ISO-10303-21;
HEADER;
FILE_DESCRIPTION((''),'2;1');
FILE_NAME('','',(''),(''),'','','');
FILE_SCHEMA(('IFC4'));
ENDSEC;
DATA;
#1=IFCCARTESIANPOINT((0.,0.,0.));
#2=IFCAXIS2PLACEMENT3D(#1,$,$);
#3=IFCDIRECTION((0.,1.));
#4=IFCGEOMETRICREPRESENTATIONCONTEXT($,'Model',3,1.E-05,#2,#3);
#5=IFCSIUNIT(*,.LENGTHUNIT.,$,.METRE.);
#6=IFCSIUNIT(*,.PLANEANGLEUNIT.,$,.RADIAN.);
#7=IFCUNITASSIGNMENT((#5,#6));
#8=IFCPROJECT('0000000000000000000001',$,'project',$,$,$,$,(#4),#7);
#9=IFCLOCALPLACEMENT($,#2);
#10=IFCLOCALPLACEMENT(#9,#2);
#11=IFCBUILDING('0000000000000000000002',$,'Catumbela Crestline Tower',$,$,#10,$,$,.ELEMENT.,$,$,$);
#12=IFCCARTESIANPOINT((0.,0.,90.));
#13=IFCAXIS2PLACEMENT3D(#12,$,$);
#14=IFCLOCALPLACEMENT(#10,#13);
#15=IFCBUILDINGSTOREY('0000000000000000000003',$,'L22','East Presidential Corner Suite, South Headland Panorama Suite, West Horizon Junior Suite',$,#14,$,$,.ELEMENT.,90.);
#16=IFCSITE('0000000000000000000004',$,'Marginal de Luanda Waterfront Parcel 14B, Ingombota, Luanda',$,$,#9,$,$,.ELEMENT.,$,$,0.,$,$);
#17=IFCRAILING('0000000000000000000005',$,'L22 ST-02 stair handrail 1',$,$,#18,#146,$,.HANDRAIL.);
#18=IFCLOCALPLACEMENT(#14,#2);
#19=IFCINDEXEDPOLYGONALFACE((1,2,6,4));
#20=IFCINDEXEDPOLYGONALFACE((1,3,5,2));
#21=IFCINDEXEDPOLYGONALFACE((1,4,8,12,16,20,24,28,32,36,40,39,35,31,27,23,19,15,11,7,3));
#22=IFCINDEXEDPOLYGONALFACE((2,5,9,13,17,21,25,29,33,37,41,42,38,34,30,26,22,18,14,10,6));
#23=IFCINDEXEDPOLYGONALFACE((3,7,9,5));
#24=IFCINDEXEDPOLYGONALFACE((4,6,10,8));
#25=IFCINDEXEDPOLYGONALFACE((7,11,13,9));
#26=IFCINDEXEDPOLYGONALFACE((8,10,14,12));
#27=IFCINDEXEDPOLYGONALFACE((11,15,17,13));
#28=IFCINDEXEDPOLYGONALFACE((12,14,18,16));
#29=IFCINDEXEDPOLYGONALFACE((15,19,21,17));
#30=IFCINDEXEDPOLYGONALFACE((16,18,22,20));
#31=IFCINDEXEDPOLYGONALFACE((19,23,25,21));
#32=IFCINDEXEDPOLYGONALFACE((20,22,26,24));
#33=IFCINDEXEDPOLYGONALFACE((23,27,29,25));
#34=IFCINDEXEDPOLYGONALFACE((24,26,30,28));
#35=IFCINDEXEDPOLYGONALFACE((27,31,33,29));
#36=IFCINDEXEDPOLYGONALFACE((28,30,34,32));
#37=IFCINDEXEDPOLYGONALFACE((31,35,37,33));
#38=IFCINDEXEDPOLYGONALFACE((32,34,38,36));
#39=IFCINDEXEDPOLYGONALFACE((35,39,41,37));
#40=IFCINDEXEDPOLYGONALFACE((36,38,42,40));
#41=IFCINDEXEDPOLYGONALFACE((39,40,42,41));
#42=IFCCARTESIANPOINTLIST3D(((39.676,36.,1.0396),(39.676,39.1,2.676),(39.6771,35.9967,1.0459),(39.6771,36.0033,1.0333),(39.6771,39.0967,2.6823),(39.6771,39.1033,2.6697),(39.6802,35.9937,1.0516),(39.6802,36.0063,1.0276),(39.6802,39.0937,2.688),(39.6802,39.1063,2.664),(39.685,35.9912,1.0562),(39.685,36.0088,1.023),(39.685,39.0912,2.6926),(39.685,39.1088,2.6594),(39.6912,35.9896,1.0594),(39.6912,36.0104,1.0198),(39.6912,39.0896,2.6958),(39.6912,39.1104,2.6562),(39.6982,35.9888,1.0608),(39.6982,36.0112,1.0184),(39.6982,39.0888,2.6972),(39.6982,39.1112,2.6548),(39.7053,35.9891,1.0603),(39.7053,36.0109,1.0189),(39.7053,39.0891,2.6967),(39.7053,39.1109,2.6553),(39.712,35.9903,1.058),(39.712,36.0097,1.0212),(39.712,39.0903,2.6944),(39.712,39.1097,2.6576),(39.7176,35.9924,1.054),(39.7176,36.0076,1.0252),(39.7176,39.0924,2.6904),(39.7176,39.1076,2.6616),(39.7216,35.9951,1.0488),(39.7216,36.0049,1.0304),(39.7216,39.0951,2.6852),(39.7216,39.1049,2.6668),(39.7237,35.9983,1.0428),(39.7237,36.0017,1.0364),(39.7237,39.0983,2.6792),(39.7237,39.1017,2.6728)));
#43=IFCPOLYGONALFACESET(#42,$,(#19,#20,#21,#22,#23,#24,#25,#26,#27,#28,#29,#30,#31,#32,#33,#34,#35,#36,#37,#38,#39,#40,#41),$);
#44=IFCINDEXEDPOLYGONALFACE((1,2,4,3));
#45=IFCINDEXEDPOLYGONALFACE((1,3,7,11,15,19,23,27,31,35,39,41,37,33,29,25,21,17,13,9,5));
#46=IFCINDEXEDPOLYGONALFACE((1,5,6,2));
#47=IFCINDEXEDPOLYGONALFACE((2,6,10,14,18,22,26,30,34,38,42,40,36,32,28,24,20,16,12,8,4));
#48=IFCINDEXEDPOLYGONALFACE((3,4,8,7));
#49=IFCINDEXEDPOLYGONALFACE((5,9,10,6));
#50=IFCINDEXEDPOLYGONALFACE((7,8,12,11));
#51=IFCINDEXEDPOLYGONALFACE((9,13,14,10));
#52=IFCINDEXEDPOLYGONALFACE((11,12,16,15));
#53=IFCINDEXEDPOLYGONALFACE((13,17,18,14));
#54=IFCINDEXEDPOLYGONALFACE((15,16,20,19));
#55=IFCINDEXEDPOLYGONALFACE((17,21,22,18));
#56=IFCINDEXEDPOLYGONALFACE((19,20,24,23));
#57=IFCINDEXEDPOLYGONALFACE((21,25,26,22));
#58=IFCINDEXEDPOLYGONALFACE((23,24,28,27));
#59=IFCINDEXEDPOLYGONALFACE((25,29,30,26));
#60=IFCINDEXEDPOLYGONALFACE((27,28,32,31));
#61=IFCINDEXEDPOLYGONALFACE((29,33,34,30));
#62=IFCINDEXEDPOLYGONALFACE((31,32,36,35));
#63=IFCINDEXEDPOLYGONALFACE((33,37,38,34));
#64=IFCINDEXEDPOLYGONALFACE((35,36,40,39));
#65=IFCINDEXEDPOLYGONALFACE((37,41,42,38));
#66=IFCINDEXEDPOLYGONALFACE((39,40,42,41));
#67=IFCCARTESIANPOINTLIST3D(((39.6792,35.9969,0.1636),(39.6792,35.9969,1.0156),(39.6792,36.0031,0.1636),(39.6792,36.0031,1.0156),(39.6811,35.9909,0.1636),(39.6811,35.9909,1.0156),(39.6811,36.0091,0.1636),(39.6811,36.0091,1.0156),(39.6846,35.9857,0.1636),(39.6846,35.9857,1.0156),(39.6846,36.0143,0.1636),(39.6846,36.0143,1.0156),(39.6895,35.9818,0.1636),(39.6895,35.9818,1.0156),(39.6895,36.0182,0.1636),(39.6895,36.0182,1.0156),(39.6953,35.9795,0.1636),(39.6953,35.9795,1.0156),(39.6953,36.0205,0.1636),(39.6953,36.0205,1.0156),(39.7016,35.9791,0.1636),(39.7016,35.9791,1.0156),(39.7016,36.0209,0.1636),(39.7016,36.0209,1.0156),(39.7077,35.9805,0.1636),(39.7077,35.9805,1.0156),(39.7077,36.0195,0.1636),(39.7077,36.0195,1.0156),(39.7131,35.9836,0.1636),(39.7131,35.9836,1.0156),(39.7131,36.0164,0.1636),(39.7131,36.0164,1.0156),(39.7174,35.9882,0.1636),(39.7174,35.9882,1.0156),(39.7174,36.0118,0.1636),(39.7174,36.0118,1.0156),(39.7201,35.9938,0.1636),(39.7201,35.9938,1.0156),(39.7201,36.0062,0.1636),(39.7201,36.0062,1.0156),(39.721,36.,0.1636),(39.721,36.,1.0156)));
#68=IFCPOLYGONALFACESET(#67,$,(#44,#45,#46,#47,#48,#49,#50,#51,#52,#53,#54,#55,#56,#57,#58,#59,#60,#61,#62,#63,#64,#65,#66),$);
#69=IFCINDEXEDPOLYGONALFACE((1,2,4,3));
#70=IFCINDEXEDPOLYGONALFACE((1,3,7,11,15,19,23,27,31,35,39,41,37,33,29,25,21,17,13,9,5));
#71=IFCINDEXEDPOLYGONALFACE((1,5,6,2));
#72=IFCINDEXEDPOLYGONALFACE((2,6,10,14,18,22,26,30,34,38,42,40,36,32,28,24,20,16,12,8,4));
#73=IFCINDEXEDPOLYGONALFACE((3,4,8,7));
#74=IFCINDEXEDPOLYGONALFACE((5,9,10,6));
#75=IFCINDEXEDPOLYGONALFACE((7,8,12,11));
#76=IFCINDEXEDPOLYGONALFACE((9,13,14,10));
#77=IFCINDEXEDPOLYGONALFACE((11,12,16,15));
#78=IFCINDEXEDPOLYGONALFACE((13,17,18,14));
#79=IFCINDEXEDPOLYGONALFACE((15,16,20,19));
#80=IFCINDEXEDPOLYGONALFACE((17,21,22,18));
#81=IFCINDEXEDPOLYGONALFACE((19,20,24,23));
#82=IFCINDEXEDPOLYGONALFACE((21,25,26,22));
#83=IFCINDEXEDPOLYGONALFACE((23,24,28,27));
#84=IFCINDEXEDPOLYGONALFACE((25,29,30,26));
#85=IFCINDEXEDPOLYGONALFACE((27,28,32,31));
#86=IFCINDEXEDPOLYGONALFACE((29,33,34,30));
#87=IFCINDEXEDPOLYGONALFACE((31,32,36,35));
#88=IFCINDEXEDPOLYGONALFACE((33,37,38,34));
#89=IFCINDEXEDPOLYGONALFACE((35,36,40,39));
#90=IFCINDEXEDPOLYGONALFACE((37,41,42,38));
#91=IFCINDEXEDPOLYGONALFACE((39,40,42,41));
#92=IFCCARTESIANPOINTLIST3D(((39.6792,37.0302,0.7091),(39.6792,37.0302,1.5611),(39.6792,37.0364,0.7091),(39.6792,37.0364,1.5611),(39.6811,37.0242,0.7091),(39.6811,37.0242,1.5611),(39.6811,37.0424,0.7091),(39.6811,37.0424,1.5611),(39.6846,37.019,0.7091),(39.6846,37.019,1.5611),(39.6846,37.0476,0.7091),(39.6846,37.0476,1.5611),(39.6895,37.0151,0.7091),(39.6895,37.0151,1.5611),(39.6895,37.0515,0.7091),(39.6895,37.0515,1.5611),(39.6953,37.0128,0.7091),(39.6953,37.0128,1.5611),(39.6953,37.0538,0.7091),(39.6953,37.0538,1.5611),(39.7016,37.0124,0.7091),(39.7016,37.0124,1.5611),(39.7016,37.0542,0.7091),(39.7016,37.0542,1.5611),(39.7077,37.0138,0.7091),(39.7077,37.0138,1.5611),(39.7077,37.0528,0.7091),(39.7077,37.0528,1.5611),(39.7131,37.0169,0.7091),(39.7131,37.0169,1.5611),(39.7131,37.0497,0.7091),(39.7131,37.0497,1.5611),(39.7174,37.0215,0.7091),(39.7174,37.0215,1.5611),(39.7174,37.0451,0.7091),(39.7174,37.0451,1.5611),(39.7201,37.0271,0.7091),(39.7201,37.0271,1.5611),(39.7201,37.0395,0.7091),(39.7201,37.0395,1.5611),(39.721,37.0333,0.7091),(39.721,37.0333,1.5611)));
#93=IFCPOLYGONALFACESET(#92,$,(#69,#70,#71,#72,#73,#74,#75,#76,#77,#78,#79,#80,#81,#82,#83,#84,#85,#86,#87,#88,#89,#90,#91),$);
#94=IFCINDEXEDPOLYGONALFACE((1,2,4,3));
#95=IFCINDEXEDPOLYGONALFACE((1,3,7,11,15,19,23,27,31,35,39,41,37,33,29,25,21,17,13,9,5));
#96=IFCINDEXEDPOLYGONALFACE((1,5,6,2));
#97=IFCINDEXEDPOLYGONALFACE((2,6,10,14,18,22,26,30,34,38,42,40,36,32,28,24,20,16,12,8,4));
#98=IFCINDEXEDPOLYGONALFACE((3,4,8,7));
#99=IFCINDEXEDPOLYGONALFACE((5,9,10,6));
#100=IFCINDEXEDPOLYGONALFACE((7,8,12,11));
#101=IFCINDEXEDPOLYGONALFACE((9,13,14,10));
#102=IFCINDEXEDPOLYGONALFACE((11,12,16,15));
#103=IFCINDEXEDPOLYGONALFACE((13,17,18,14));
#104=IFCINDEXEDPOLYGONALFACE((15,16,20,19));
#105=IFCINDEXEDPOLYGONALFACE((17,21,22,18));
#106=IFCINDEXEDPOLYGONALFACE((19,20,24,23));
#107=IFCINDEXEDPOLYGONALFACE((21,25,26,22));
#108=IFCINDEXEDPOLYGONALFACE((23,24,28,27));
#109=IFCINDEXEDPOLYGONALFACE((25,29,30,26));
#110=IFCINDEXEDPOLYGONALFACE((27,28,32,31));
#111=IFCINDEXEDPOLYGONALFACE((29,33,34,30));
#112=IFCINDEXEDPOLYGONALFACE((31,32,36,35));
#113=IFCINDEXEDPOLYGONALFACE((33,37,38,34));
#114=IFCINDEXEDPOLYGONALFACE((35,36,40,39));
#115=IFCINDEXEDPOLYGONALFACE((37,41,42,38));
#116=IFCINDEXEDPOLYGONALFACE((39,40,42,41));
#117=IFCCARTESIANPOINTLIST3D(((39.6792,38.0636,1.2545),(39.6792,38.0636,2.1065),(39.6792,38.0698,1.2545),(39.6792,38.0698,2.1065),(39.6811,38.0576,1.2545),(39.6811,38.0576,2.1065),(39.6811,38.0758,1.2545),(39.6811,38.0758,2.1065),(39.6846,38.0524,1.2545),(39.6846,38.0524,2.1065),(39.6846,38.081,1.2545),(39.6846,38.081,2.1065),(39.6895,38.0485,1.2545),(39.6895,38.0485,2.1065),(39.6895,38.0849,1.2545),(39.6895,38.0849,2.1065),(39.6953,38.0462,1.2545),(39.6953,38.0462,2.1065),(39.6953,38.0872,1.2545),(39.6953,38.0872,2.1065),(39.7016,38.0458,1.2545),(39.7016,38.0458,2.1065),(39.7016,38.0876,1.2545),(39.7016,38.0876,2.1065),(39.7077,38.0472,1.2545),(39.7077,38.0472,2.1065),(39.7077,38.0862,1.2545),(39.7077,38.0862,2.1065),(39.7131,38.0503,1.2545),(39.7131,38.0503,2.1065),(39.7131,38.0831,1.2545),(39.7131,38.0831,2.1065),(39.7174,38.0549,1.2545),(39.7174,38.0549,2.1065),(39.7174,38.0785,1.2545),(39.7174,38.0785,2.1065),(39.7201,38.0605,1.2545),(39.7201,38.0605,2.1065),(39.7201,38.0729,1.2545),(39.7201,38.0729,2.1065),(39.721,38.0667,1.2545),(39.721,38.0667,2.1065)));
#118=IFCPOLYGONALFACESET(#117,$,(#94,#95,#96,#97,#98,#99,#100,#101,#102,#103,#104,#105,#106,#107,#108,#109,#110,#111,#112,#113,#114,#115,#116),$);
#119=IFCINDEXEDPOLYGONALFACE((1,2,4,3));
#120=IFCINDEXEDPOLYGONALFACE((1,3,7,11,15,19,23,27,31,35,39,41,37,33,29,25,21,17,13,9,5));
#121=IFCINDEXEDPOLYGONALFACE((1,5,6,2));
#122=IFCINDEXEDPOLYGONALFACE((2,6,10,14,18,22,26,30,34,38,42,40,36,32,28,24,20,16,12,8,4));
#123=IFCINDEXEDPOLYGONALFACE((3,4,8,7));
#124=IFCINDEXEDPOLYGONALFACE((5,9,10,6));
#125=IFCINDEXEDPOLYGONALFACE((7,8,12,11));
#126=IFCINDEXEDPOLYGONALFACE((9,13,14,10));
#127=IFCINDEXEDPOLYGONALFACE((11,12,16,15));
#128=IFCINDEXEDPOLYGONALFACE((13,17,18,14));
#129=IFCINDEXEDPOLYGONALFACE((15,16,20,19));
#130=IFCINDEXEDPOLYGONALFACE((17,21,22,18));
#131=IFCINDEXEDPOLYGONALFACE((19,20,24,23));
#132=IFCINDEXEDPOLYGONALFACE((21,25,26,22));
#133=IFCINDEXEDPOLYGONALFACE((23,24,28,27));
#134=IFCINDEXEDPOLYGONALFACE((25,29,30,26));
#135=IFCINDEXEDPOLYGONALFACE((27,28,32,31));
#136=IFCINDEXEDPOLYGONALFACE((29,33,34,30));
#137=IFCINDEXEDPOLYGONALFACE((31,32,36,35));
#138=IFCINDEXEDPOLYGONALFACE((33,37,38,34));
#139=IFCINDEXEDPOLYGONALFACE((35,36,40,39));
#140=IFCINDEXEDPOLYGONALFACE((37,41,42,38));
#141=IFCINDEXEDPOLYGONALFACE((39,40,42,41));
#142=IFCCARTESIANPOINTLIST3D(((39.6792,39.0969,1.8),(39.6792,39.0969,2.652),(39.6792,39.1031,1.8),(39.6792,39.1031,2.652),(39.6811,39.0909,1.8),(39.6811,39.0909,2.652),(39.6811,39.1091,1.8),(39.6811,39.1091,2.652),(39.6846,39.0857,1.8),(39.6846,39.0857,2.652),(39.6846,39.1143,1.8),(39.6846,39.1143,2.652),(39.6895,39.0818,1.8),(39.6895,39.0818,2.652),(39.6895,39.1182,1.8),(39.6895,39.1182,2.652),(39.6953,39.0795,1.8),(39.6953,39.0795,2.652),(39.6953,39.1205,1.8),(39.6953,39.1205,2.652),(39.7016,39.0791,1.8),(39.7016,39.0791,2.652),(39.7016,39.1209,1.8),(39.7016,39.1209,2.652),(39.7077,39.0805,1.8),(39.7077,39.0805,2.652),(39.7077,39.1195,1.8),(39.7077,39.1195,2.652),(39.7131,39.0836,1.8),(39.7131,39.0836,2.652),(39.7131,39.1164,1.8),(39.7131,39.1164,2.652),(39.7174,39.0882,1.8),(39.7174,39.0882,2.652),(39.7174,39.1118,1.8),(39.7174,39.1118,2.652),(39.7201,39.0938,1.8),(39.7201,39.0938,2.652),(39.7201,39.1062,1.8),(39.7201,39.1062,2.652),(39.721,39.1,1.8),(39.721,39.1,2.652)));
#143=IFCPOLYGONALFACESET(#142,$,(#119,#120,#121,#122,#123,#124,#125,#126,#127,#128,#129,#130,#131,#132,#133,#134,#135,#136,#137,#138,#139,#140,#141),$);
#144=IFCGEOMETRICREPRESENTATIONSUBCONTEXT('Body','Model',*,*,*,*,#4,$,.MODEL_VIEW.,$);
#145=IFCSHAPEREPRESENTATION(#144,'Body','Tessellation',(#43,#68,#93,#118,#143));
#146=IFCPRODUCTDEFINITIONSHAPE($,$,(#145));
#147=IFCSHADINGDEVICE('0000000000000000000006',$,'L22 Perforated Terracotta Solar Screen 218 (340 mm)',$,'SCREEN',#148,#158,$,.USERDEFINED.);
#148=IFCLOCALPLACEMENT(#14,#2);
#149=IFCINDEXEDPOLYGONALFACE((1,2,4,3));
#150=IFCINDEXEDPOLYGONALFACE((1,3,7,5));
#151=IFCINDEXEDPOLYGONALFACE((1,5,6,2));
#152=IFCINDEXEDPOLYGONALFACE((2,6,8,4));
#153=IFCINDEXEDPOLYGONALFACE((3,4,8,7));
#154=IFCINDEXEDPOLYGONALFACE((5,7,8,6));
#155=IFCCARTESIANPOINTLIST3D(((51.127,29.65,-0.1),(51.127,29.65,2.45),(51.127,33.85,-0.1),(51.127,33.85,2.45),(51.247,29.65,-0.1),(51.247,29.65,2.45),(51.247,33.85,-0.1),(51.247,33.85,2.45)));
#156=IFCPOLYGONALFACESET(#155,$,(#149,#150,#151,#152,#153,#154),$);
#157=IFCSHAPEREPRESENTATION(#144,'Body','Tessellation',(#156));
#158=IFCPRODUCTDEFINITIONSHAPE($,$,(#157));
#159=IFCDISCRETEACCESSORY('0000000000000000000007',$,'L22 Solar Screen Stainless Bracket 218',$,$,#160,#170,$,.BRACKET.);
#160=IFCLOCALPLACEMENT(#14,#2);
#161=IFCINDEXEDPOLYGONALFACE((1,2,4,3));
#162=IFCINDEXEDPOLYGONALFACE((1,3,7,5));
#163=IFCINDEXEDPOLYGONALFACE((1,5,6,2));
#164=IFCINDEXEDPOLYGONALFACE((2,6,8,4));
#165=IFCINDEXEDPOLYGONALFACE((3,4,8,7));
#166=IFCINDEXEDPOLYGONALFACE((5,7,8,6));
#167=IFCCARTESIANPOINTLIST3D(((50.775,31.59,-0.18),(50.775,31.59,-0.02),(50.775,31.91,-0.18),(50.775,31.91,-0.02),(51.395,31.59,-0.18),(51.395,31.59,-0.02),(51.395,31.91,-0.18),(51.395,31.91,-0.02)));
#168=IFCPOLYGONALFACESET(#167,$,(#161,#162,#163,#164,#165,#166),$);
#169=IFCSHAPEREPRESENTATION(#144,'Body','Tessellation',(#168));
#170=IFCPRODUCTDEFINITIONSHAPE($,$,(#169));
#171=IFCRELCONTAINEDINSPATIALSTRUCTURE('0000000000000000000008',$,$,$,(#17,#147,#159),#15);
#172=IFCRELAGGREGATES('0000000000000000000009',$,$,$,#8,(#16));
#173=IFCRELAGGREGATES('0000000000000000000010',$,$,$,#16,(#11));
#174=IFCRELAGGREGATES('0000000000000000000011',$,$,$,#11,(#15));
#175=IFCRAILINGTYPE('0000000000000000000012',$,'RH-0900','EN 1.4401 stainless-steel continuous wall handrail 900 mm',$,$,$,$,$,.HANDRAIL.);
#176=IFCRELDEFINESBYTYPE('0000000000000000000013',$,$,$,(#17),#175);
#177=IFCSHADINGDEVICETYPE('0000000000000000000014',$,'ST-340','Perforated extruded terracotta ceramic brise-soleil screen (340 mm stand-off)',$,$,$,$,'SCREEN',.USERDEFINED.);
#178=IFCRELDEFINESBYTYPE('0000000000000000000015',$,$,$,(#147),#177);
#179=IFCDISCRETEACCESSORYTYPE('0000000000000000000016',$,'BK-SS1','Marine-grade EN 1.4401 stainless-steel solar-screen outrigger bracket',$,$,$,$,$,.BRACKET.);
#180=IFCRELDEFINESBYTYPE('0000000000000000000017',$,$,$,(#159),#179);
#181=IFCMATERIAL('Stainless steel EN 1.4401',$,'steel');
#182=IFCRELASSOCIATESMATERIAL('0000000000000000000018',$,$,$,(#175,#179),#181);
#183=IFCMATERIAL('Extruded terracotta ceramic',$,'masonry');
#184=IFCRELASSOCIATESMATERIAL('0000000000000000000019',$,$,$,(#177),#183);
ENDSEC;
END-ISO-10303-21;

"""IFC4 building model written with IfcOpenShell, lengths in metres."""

from ifc_helpers import new_model, si_unit, direction, frame, origin, origin_2d, place, context, subcontext, project, spatial, rectangle, circle, extrude, material, type_object, element, save


model = new_model("IFC4")

# Units and contexts
model_context = context("Model", 3, precision=1e-05, world=origin(), true_north=direction((0.0, 1.0)))
body_context = subcontext(model_context, "Body", "Model", "MODEL_VIEW")
ifc_project = project(units=[si_unit("LENGTHUNIT", "METRE"), si_unit("PLANEANGLEUNIT", "RADIAN")], contexts=[model_context])

# Site, building, storey
site_placement = place(None, origin())
site = spatial("IfcSite", under=ifc_project, at=site_placement, Name="Marginal de Luanda Waterfront Parcel 14B, Ingombota, Luanda", CompositionType="ELEMENT", RefElevation=0.0)
building_placement = place(site_placement, origin())
building = spatial("IfcBuilding", under=site, at=building_placement, Name="Catumbela Crestline Tower", CompositionType="ELEMENT")
storey_placement = place(building_placement, frame((0.0, 0.0, 90.0)))
storey = spatial("IfcBuildingStorey", under=building, at=storey_placement, Name="L22", Description="East Presidential Corner Suite, South Headland Panorama Suite, West Horizon Junior Suite", CompositionType="ELEMENT", Elevation=90.0)

# Shared definitions
ifc_material_1 = material(Name="Extruded terracotta ceramic", Category="masonry")

# Railing
ifc_material_2 = material(Name="Stainless steel EN 1.4401", Category="steel")
railing_type = type_object("IfcRailingType", Name="RH-0900", Description="EN 1.4401 stainless-steel continuous wall handrail 900 mm", PredefinedType="HANDRAIL", material=ifc_material_2)
railing_placement = place(storey_placement, frame((39.7, 36.0, 0.1636)))
element("IfcRailing", 1, at=railing_placement, inside=storey, type_object=railing_type, Name="L22 ST-02 stair handrail 1", PredefinedType="HANDRAIL", context=body_context, shape_type="SweptSolid", body=[
    extrude(circle(Radius=0.024, at=origin_2d()), frame((0.0, 0.0, 0.876), z_axis=(0.0, 0.884351, 0.466823), x_axis=(-1.0, 0.0, 0.0)), (0.0, 0.0, 1.0), 3.5054),
    extrude(circle(Radius=0.021, at=origin_2d()), origin(), (0.0, 0.0, 1.0), 0.852),
    extrude(circle(Radius=0.021, at=origin_2d()), frame((0.0, 1.0333, 0.5455)), (0.0, 0.0, 1.0), 0.852),
    extrude(circle(Radius=0.021, at=origin_2d()), frame((0.0, 2.0667, 1.0909)), (0.0, 0.0, 1.0), 0.852),
    extrude(circle(Radius=0.021, at=origin_2d()), frame((0.0, 3.1, 1.6364)), (0.0, 0.0, 1.0), 0.852),
])

# Shading device
shading_device_type = type_object("IfcShadingDeviceType", Name="ST-340", Description="Perforated extruded terracotta ceramic brise-soleil screen (340 mm stand-off)", ElementType="SCREEN", PredefinedType="USERDEFINED", material=ifc_material_1)
shading_device_placement = place(storey_placement, frame((51.187, 31.75, -0.1), z_axis=(0.0, 0.0, 1.0), x_axis=(0.0, 1.0, 0.0)))
element("IfcShadingDevice", 2, at=shading_device_placement, inside=storey, type_object=shading_device_type, Name="L22 Perforated Terracotta Solar Screen 218 (340 mm)", ObjectType="SCREEN", PredefinedType="USERDEFINED", context=body_context, shape_type="SweptSolid", body=[
    extrude(rectangle(XDim=4.2, YDim=0.12, at=origin_2d()), origin(), (0.0, 0.0, 1.0), 2.55),
])

# Discrete accessory
discrete_accessory_type = type_object("IfcDiscreteAccessoryType", Name="BK-SS1", Description="Marine-grade EN 1.4401 stainless-steel solar-screen outrigger bracket", PredefinedType="BRACKET", material=ifc_material_2)
discrete_accessory_placement = place(storey_placement, frame((51.085, 31.75, -0.18), z_axis=(0.0, 0.0, 1.0), x_axis=(0.0, 1.0, 0.0)))
element("IfcDiscreteAccessory", 3, at=discrete_accessory_placement, inside=storey, type_object=discrete_accessory_type, Name="L22 Solar Screen Stainless Bracket 218", PredefinedType="BRACKET", context=body_context, shape_type="SweptSolid", body=[
    extrude(rectangle(XDim=0.32, YDim=0.62, at=origin_2d()), origin(), (0.0, 0.0, 1.0), 0.16),
])

save(model, "model.ifc")
